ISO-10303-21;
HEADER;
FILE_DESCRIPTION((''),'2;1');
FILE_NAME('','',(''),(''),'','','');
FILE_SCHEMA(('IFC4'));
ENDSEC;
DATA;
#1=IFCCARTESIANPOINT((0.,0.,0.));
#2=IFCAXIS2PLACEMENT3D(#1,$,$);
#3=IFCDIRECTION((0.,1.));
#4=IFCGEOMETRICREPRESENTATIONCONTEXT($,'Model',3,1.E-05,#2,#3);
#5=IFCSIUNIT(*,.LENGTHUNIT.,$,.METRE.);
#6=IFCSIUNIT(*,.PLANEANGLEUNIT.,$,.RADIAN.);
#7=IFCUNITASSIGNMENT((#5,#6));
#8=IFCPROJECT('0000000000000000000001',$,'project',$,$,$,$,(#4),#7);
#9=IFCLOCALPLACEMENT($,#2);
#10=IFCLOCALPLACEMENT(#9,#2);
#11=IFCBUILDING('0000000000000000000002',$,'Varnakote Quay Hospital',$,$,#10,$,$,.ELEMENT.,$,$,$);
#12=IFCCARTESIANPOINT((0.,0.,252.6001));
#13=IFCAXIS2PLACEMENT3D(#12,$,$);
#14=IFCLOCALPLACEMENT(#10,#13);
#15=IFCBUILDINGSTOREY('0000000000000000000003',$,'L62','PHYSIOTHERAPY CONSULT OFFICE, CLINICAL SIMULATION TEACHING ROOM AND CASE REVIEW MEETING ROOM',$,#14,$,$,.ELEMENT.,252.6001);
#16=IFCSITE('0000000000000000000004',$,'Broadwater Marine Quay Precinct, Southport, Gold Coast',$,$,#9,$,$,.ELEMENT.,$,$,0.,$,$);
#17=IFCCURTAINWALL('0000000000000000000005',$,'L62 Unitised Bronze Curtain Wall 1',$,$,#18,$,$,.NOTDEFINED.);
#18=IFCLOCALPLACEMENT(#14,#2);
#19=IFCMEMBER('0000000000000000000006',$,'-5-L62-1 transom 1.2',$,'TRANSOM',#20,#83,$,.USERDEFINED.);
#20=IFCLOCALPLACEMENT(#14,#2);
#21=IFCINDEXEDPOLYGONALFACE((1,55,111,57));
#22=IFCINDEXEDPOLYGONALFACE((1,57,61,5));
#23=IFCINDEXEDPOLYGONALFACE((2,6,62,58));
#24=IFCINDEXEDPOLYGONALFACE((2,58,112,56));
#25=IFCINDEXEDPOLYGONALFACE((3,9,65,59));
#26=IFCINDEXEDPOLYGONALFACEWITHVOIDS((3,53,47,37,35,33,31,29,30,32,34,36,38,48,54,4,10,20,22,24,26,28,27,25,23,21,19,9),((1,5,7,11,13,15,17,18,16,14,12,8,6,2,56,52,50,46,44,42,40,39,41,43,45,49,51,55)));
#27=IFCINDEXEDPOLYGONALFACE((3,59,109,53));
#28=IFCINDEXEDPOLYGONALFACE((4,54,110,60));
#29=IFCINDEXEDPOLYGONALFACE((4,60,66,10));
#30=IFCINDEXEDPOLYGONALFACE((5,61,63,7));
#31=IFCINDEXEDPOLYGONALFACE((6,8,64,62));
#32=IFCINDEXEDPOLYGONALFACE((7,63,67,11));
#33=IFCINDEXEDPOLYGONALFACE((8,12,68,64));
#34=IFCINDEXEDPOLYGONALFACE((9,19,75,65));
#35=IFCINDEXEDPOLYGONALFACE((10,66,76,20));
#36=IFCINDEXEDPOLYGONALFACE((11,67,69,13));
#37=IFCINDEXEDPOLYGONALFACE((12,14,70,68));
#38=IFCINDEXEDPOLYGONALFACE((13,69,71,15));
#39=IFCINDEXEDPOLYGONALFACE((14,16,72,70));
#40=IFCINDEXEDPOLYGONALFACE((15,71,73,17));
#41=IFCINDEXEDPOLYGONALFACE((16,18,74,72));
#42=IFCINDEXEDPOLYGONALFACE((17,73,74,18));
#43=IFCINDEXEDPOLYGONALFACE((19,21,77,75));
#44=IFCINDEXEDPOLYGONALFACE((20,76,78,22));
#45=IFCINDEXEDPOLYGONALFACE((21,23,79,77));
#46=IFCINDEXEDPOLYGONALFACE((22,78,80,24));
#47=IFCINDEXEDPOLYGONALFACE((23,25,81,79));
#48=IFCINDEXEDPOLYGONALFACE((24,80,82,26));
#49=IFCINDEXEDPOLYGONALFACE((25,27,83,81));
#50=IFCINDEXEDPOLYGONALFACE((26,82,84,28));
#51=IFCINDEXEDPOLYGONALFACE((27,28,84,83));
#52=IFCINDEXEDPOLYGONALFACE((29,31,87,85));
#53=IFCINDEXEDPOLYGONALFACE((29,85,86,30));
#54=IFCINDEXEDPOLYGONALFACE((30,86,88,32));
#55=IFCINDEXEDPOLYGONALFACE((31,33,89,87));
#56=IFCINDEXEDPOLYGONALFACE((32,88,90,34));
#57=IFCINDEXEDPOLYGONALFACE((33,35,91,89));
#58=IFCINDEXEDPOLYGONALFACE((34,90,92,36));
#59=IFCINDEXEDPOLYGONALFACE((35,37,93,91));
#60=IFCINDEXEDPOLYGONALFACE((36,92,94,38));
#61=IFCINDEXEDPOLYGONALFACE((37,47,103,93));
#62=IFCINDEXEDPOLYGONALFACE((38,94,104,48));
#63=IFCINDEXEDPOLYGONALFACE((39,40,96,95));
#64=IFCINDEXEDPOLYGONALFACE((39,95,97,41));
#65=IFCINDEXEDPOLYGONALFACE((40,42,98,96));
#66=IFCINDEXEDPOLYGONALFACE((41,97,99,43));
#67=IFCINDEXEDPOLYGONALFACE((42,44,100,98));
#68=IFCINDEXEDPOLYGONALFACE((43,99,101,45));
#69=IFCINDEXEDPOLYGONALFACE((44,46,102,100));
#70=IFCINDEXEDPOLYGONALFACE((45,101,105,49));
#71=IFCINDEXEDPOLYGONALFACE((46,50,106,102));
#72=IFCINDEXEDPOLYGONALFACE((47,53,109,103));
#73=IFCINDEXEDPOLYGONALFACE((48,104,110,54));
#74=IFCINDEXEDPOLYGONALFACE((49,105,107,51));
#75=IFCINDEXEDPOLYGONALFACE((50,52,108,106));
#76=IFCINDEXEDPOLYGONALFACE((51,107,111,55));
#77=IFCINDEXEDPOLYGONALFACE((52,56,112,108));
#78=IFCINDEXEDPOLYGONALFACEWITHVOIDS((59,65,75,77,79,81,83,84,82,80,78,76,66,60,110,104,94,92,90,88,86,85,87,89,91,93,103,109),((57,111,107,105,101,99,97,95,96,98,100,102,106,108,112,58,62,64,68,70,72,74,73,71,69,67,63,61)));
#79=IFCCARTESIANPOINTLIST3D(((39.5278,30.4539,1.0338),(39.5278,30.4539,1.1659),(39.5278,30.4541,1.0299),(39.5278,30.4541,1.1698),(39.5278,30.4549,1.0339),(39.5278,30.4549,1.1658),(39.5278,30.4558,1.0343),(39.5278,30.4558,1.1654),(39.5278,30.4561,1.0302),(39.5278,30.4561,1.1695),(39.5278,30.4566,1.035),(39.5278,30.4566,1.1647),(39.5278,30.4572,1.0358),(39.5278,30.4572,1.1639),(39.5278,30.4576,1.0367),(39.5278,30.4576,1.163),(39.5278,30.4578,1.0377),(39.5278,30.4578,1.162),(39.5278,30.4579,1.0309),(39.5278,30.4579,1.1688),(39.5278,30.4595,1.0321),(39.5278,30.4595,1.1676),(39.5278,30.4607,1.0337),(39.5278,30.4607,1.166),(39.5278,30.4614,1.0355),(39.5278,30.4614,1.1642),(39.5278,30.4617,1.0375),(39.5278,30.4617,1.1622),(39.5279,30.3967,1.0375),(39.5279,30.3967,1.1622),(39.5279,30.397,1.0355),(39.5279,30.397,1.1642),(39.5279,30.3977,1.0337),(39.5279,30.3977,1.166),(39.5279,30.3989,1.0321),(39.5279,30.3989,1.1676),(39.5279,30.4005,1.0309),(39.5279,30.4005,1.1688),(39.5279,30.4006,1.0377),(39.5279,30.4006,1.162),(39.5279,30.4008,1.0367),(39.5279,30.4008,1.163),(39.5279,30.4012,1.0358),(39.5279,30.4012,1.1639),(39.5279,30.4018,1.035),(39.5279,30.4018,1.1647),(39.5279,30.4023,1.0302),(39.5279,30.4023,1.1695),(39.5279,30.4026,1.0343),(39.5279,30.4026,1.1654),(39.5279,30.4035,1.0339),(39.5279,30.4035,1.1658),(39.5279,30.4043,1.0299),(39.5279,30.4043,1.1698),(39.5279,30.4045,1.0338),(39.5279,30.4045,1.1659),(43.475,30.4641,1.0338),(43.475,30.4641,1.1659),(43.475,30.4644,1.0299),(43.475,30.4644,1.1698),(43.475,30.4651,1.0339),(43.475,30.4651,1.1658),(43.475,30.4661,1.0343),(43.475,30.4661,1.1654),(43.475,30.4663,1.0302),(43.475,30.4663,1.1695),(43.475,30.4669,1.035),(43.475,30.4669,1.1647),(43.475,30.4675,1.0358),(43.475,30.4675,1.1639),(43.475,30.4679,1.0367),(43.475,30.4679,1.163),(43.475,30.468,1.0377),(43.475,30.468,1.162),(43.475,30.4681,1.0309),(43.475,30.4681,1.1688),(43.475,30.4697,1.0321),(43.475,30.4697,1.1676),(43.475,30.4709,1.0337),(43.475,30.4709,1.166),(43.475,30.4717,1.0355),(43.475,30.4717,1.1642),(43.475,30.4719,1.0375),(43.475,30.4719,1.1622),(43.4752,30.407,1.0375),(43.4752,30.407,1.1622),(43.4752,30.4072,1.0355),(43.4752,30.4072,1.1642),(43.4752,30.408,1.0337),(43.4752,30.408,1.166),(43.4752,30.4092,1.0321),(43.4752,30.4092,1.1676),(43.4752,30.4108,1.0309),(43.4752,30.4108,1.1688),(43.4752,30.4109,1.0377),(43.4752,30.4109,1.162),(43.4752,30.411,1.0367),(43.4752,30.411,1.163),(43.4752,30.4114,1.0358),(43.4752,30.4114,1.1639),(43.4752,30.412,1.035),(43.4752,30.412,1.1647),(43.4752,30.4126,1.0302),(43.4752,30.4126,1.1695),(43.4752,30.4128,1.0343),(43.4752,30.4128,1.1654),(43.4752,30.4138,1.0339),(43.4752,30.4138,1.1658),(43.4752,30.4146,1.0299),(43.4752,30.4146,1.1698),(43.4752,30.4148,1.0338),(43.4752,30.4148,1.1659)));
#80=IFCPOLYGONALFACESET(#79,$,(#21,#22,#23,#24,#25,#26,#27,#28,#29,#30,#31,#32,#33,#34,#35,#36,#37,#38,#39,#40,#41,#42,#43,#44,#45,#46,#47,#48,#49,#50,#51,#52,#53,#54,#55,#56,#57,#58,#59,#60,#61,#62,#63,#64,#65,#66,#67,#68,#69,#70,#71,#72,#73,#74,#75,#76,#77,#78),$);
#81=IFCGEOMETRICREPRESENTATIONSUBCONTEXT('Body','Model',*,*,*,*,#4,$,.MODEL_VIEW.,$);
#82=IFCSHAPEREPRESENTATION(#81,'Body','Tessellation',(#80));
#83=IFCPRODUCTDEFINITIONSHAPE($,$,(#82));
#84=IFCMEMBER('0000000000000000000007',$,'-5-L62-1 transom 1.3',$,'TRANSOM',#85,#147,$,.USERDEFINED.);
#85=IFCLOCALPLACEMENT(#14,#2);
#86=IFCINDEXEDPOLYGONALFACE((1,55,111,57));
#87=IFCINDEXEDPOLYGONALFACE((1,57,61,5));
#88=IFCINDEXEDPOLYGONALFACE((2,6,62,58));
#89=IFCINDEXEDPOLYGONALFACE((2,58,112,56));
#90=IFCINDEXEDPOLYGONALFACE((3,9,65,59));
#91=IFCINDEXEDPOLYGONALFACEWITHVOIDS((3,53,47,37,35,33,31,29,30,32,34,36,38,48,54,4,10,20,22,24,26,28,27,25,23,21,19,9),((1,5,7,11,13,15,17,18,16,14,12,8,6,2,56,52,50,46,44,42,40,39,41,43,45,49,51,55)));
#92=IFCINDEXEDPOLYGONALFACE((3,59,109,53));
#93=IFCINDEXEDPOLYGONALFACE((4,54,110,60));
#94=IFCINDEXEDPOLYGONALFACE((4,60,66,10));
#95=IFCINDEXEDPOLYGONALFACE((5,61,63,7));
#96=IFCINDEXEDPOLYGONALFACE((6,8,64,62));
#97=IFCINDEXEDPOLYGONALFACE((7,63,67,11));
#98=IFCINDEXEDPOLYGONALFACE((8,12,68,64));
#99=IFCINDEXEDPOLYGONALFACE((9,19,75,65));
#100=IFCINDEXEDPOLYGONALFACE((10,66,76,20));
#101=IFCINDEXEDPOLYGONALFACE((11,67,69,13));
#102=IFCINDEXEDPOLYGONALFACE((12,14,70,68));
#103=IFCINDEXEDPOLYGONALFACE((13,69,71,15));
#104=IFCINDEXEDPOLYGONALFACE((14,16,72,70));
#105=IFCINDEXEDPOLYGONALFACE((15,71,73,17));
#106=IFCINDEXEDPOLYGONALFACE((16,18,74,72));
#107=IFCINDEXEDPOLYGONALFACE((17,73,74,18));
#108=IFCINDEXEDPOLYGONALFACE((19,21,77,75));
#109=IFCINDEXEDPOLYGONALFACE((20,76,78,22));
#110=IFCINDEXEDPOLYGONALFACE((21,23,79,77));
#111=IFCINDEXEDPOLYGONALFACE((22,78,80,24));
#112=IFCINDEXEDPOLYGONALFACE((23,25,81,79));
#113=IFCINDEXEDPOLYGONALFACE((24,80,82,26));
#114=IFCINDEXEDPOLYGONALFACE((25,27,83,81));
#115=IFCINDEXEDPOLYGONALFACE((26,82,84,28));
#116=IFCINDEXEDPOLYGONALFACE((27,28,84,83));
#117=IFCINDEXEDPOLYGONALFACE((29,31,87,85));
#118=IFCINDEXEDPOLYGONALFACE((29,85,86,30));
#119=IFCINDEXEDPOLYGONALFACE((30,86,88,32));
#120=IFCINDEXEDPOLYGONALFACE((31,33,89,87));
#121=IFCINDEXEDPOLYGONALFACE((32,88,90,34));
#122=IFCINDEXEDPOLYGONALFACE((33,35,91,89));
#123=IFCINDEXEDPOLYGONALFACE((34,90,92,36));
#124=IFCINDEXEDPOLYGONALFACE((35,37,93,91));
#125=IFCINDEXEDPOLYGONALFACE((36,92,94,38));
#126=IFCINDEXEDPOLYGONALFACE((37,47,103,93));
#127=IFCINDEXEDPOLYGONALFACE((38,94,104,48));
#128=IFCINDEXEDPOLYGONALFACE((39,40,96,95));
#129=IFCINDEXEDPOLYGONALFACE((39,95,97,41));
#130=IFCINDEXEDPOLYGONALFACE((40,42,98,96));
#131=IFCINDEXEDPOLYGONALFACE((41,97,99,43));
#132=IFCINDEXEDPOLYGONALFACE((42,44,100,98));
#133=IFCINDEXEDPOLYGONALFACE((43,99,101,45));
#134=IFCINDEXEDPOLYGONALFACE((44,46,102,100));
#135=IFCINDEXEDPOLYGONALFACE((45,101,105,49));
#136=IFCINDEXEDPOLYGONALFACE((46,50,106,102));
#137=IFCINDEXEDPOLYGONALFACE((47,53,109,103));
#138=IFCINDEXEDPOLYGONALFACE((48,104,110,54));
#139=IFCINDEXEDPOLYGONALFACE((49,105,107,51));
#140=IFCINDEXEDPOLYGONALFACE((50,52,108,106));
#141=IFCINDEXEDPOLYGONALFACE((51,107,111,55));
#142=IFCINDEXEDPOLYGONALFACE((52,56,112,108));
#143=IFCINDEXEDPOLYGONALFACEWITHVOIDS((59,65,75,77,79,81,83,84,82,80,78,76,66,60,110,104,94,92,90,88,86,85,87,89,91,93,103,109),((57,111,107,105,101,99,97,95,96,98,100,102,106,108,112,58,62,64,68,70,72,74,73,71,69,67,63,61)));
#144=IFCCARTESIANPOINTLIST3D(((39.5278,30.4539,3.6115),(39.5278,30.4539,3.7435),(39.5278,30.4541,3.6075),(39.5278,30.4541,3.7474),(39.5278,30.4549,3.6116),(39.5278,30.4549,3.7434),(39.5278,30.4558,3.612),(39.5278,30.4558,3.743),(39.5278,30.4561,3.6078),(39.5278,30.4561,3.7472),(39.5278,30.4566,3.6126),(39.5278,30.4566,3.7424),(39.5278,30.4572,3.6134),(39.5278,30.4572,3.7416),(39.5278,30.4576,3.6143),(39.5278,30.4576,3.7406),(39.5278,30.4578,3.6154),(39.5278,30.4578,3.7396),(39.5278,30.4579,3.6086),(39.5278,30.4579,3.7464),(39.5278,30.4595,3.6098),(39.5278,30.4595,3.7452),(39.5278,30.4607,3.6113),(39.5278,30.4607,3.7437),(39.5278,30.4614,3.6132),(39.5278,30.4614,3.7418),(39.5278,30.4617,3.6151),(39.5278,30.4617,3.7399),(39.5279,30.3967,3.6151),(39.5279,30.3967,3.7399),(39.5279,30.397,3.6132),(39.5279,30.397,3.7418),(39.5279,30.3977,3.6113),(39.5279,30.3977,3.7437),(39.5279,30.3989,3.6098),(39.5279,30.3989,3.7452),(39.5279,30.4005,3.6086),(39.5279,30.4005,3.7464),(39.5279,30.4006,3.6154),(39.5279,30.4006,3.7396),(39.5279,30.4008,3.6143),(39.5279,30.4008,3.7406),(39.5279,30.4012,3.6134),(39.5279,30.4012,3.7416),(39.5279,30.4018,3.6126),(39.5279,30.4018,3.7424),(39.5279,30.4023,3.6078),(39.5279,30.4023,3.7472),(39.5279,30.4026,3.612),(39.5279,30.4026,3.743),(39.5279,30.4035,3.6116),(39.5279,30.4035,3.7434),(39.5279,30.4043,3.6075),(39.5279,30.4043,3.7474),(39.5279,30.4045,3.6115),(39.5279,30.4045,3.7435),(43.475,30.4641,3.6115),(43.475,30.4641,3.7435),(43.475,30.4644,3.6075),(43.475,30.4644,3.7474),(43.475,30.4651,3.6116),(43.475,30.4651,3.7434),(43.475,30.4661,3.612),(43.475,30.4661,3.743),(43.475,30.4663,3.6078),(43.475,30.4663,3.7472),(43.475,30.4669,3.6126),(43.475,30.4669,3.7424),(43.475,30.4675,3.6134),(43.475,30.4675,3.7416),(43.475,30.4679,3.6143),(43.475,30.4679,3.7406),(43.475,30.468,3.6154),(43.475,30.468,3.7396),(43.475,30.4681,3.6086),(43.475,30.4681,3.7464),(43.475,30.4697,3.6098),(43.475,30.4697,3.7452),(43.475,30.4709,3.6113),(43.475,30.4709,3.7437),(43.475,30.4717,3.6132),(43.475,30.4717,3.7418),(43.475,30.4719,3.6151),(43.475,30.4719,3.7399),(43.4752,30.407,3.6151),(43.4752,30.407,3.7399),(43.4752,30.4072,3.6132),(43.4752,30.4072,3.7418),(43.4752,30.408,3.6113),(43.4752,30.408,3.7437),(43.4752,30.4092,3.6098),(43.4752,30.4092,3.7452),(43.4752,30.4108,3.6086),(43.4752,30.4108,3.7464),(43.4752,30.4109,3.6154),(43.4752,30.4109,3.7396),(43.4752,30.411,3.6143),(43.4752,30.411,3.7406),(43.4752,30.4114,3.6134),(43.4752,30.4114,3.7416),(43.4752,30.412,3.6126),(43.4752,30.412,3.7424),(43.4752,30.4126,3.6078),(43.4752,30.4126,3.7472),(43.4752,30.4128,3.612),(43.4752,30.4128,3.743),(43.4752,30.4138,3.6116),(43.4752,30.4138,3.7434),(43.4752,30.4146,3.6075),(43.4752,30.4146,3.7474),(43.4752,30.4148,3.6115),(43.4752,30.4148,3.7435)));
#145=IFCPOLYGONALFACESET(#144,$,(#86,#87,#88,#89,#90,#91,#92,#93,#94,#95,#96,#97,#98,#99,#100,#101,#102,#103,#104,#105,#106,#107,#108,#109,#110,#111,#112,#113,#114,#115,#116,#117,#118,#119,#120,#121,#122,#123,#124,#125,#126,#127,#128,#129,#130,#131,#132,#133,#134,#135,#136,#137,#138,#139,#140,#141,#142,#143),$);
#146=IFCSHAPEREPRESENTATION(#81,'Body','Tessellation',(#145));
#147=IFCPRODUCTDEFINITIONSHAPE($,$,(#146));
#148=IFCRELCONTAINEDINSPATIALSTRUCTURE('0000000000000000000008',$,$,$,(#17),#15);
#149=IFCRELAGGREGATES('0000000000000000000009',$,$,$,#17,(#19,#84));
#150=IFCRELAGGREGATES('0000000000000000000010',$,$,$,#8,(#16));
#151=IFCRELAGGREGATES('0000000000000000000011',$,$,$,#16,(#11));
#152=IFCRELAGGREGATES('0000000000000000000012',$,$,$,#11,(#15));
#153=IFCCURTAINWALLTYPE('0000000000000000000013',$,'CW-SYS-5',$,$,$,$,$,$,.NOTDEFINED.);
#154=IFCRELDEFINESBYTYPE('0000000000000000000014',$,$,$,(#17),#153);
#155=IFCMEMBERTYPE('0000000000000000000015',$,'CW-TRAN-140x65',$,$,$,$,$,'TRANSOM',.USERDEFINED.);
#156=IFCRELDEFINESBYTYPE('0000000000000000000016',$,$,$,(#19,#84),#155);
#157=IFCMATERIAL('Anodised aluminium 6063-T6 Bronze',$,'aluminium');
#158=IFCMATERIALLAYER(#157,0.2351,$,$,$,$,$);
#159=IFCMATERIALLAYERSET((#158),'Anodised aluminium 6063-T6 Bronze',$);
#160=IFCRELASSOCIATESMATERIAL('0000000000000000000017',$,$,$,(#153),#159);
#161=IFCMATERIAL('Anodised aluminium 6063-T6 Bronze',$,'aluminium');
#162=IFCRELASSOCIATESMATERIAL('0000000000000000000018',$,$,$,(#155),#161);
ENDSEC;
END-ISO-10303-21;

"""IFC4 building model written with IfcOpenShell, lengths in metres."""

from ifc_helpers import new_model, si_unit, direction, frame, origin, origin_2d, place, context, subcontext, project, spatial, hollow_rectangle, extrude, material, layer, layer_set, material_profile, profile_set, type_object, element, aggregate, save


model = new_model("IFC4")

# Units and contexts
model_context = context("Model", 3, precision=1e-05, world=origin(), true_north=direction((0.0, 1.0)))
body_context = subcontext(model_context, "Body", "Model", "MODEL_VIEW")
ifc_project = project(units=[si_unit("LENGTHUNIT", "METRE"), si_unit("PLANEANGLEUNIT", "RADIAN")], contexts=[model_context])

# Site, building, storey
site_placement = place(None, origin())
site = spatial("IfcSite", under=ifc_project, at=site_placement, Name="Broadwater Marine Quay Precinct, Southport, Gold Coast", CompositionType="ELEMENT", RefElevation=0.0)
building_placement = place(site_placement, origin())
building = spatial("IfcBuilding", under=site, at=building_placement, Name="Varnakote Quay Hospital", CompositionType="ELEMENT")
storey_placement = place(building_placement, frame((0.0, 0.0, 252.6001)))
storey = spatial("IfcBuildingStorey", under=building, at=storey_placement, Name="L62", Description="PHYSIOTHERAPY CONSULT OFFICE, CLINICAL SIMULATION TEACHING ROOM AND CASE REVIEW MEETING ROOM", CompositionType="ELEMENT", Elevation=252.6001)

# Curtain wall, members
ifc_material_1 = material(Name="Anodised aluminium 6063-T6 Bronze", Category="aluminium")
ifc_layer_1 = layer(ifc_material_1, 0.2351)
ifc_layer_set_1 = layer_set([ifc_layer_1], Name="Anodised aluminium 6063-T6 Bronze")
curtain_wall_type = type_object("IfcCurtainWallType", Name="CW-SYS-5", PredefinedType="NOTDEFINED", material=ifc_layer_set_1)
curtain_wall_placement = place(storey_placement, origin())
curtain_wall = element("IfcCurtainWall", 1, at=curtain_wall_placement, inside=storey, type_object=curtain_wall_type, Name="L62 Unitised Bronze Curtain Wall 1", PredefinedType="NOTDEFINED")
ifc_material_2 = material(Name="Anodised aluminium 6063-T6 Bronze", Category="aluminium")
ifc_material_profile_1 = material_profile(ifc_material_2, hollow_rectangle(XDim=0.0649, YDim=0.1399, WallThickness=0.0039, InnerFilletRadius=0.0039, OuterFilletRadius=0.0076, at=origin_2d()), Name="CW-TRAN-140x65")
ifc_profile_set_1 = profile_set([ifc_material_profile_1], Name="Anodised aluminium 6063-T6 Bronze")
member_type_1 = type_object("IfcMemberType", Name="CW-TRAN-140x65", ElementType="TRANSOM", PredefinedType="USERDEFINED", material=ifc_profile_set_1)
member_1_placement = place(storey_placement, frame((43.4751, 30.4395, 1.0999), z_axis=(-0.999997, -0.002598, 0.0), x_axis=(0.002598, -0.999997, 0.0)))
member_1 = element("IfcMember", 2, at=member_1_placement, type_object=member_type_1, Name="-5-L62-1 transom 1.2", ObjectType="TRANSOM", PredefinedType="USERDEFINED", context=body_context, shape_type="SweptSolid", body=[
    extrude(hollow_rectangle(XDim=0.0649, YDim=0.1399, WallThickness=0.0039, InnerFilletRadius=0.0039, OuterFilletRadius=0.0076, at=origin_2d()), origin(), (0.0, 0.0, 1.0), 3.9473),
])
member_2_placement = place(storey_placement, frame((43.4751, 30.4395, 3.6775), z_axis=(-0.999997, -0.002598, 0.0), x_axis=(0.002598, -0.999997, 0.0)))
member_2 = element("IfcMember", 3, at=member_2_placement, type_object=member_type_1, Name="-5-L62-1 transom 1.3", ObjectType="TRANSOM", PredefinedType="USERDEFINED", context=body_context, shape_type="SweptSolid", body=[
    extrude(hollow_rectangle(XDim=0.0649, YDim=0.1399, WallThickness=0.0039, InnerFilletRadius=0.0039, OuterFilletRadius=0.0076, at=origin_2d()), origin(), (0.0, 0.0, 1.0), 3.9473),
])

aggregate(curtain_wall, [member_1, member_2])

save(model, "model.ifc")
